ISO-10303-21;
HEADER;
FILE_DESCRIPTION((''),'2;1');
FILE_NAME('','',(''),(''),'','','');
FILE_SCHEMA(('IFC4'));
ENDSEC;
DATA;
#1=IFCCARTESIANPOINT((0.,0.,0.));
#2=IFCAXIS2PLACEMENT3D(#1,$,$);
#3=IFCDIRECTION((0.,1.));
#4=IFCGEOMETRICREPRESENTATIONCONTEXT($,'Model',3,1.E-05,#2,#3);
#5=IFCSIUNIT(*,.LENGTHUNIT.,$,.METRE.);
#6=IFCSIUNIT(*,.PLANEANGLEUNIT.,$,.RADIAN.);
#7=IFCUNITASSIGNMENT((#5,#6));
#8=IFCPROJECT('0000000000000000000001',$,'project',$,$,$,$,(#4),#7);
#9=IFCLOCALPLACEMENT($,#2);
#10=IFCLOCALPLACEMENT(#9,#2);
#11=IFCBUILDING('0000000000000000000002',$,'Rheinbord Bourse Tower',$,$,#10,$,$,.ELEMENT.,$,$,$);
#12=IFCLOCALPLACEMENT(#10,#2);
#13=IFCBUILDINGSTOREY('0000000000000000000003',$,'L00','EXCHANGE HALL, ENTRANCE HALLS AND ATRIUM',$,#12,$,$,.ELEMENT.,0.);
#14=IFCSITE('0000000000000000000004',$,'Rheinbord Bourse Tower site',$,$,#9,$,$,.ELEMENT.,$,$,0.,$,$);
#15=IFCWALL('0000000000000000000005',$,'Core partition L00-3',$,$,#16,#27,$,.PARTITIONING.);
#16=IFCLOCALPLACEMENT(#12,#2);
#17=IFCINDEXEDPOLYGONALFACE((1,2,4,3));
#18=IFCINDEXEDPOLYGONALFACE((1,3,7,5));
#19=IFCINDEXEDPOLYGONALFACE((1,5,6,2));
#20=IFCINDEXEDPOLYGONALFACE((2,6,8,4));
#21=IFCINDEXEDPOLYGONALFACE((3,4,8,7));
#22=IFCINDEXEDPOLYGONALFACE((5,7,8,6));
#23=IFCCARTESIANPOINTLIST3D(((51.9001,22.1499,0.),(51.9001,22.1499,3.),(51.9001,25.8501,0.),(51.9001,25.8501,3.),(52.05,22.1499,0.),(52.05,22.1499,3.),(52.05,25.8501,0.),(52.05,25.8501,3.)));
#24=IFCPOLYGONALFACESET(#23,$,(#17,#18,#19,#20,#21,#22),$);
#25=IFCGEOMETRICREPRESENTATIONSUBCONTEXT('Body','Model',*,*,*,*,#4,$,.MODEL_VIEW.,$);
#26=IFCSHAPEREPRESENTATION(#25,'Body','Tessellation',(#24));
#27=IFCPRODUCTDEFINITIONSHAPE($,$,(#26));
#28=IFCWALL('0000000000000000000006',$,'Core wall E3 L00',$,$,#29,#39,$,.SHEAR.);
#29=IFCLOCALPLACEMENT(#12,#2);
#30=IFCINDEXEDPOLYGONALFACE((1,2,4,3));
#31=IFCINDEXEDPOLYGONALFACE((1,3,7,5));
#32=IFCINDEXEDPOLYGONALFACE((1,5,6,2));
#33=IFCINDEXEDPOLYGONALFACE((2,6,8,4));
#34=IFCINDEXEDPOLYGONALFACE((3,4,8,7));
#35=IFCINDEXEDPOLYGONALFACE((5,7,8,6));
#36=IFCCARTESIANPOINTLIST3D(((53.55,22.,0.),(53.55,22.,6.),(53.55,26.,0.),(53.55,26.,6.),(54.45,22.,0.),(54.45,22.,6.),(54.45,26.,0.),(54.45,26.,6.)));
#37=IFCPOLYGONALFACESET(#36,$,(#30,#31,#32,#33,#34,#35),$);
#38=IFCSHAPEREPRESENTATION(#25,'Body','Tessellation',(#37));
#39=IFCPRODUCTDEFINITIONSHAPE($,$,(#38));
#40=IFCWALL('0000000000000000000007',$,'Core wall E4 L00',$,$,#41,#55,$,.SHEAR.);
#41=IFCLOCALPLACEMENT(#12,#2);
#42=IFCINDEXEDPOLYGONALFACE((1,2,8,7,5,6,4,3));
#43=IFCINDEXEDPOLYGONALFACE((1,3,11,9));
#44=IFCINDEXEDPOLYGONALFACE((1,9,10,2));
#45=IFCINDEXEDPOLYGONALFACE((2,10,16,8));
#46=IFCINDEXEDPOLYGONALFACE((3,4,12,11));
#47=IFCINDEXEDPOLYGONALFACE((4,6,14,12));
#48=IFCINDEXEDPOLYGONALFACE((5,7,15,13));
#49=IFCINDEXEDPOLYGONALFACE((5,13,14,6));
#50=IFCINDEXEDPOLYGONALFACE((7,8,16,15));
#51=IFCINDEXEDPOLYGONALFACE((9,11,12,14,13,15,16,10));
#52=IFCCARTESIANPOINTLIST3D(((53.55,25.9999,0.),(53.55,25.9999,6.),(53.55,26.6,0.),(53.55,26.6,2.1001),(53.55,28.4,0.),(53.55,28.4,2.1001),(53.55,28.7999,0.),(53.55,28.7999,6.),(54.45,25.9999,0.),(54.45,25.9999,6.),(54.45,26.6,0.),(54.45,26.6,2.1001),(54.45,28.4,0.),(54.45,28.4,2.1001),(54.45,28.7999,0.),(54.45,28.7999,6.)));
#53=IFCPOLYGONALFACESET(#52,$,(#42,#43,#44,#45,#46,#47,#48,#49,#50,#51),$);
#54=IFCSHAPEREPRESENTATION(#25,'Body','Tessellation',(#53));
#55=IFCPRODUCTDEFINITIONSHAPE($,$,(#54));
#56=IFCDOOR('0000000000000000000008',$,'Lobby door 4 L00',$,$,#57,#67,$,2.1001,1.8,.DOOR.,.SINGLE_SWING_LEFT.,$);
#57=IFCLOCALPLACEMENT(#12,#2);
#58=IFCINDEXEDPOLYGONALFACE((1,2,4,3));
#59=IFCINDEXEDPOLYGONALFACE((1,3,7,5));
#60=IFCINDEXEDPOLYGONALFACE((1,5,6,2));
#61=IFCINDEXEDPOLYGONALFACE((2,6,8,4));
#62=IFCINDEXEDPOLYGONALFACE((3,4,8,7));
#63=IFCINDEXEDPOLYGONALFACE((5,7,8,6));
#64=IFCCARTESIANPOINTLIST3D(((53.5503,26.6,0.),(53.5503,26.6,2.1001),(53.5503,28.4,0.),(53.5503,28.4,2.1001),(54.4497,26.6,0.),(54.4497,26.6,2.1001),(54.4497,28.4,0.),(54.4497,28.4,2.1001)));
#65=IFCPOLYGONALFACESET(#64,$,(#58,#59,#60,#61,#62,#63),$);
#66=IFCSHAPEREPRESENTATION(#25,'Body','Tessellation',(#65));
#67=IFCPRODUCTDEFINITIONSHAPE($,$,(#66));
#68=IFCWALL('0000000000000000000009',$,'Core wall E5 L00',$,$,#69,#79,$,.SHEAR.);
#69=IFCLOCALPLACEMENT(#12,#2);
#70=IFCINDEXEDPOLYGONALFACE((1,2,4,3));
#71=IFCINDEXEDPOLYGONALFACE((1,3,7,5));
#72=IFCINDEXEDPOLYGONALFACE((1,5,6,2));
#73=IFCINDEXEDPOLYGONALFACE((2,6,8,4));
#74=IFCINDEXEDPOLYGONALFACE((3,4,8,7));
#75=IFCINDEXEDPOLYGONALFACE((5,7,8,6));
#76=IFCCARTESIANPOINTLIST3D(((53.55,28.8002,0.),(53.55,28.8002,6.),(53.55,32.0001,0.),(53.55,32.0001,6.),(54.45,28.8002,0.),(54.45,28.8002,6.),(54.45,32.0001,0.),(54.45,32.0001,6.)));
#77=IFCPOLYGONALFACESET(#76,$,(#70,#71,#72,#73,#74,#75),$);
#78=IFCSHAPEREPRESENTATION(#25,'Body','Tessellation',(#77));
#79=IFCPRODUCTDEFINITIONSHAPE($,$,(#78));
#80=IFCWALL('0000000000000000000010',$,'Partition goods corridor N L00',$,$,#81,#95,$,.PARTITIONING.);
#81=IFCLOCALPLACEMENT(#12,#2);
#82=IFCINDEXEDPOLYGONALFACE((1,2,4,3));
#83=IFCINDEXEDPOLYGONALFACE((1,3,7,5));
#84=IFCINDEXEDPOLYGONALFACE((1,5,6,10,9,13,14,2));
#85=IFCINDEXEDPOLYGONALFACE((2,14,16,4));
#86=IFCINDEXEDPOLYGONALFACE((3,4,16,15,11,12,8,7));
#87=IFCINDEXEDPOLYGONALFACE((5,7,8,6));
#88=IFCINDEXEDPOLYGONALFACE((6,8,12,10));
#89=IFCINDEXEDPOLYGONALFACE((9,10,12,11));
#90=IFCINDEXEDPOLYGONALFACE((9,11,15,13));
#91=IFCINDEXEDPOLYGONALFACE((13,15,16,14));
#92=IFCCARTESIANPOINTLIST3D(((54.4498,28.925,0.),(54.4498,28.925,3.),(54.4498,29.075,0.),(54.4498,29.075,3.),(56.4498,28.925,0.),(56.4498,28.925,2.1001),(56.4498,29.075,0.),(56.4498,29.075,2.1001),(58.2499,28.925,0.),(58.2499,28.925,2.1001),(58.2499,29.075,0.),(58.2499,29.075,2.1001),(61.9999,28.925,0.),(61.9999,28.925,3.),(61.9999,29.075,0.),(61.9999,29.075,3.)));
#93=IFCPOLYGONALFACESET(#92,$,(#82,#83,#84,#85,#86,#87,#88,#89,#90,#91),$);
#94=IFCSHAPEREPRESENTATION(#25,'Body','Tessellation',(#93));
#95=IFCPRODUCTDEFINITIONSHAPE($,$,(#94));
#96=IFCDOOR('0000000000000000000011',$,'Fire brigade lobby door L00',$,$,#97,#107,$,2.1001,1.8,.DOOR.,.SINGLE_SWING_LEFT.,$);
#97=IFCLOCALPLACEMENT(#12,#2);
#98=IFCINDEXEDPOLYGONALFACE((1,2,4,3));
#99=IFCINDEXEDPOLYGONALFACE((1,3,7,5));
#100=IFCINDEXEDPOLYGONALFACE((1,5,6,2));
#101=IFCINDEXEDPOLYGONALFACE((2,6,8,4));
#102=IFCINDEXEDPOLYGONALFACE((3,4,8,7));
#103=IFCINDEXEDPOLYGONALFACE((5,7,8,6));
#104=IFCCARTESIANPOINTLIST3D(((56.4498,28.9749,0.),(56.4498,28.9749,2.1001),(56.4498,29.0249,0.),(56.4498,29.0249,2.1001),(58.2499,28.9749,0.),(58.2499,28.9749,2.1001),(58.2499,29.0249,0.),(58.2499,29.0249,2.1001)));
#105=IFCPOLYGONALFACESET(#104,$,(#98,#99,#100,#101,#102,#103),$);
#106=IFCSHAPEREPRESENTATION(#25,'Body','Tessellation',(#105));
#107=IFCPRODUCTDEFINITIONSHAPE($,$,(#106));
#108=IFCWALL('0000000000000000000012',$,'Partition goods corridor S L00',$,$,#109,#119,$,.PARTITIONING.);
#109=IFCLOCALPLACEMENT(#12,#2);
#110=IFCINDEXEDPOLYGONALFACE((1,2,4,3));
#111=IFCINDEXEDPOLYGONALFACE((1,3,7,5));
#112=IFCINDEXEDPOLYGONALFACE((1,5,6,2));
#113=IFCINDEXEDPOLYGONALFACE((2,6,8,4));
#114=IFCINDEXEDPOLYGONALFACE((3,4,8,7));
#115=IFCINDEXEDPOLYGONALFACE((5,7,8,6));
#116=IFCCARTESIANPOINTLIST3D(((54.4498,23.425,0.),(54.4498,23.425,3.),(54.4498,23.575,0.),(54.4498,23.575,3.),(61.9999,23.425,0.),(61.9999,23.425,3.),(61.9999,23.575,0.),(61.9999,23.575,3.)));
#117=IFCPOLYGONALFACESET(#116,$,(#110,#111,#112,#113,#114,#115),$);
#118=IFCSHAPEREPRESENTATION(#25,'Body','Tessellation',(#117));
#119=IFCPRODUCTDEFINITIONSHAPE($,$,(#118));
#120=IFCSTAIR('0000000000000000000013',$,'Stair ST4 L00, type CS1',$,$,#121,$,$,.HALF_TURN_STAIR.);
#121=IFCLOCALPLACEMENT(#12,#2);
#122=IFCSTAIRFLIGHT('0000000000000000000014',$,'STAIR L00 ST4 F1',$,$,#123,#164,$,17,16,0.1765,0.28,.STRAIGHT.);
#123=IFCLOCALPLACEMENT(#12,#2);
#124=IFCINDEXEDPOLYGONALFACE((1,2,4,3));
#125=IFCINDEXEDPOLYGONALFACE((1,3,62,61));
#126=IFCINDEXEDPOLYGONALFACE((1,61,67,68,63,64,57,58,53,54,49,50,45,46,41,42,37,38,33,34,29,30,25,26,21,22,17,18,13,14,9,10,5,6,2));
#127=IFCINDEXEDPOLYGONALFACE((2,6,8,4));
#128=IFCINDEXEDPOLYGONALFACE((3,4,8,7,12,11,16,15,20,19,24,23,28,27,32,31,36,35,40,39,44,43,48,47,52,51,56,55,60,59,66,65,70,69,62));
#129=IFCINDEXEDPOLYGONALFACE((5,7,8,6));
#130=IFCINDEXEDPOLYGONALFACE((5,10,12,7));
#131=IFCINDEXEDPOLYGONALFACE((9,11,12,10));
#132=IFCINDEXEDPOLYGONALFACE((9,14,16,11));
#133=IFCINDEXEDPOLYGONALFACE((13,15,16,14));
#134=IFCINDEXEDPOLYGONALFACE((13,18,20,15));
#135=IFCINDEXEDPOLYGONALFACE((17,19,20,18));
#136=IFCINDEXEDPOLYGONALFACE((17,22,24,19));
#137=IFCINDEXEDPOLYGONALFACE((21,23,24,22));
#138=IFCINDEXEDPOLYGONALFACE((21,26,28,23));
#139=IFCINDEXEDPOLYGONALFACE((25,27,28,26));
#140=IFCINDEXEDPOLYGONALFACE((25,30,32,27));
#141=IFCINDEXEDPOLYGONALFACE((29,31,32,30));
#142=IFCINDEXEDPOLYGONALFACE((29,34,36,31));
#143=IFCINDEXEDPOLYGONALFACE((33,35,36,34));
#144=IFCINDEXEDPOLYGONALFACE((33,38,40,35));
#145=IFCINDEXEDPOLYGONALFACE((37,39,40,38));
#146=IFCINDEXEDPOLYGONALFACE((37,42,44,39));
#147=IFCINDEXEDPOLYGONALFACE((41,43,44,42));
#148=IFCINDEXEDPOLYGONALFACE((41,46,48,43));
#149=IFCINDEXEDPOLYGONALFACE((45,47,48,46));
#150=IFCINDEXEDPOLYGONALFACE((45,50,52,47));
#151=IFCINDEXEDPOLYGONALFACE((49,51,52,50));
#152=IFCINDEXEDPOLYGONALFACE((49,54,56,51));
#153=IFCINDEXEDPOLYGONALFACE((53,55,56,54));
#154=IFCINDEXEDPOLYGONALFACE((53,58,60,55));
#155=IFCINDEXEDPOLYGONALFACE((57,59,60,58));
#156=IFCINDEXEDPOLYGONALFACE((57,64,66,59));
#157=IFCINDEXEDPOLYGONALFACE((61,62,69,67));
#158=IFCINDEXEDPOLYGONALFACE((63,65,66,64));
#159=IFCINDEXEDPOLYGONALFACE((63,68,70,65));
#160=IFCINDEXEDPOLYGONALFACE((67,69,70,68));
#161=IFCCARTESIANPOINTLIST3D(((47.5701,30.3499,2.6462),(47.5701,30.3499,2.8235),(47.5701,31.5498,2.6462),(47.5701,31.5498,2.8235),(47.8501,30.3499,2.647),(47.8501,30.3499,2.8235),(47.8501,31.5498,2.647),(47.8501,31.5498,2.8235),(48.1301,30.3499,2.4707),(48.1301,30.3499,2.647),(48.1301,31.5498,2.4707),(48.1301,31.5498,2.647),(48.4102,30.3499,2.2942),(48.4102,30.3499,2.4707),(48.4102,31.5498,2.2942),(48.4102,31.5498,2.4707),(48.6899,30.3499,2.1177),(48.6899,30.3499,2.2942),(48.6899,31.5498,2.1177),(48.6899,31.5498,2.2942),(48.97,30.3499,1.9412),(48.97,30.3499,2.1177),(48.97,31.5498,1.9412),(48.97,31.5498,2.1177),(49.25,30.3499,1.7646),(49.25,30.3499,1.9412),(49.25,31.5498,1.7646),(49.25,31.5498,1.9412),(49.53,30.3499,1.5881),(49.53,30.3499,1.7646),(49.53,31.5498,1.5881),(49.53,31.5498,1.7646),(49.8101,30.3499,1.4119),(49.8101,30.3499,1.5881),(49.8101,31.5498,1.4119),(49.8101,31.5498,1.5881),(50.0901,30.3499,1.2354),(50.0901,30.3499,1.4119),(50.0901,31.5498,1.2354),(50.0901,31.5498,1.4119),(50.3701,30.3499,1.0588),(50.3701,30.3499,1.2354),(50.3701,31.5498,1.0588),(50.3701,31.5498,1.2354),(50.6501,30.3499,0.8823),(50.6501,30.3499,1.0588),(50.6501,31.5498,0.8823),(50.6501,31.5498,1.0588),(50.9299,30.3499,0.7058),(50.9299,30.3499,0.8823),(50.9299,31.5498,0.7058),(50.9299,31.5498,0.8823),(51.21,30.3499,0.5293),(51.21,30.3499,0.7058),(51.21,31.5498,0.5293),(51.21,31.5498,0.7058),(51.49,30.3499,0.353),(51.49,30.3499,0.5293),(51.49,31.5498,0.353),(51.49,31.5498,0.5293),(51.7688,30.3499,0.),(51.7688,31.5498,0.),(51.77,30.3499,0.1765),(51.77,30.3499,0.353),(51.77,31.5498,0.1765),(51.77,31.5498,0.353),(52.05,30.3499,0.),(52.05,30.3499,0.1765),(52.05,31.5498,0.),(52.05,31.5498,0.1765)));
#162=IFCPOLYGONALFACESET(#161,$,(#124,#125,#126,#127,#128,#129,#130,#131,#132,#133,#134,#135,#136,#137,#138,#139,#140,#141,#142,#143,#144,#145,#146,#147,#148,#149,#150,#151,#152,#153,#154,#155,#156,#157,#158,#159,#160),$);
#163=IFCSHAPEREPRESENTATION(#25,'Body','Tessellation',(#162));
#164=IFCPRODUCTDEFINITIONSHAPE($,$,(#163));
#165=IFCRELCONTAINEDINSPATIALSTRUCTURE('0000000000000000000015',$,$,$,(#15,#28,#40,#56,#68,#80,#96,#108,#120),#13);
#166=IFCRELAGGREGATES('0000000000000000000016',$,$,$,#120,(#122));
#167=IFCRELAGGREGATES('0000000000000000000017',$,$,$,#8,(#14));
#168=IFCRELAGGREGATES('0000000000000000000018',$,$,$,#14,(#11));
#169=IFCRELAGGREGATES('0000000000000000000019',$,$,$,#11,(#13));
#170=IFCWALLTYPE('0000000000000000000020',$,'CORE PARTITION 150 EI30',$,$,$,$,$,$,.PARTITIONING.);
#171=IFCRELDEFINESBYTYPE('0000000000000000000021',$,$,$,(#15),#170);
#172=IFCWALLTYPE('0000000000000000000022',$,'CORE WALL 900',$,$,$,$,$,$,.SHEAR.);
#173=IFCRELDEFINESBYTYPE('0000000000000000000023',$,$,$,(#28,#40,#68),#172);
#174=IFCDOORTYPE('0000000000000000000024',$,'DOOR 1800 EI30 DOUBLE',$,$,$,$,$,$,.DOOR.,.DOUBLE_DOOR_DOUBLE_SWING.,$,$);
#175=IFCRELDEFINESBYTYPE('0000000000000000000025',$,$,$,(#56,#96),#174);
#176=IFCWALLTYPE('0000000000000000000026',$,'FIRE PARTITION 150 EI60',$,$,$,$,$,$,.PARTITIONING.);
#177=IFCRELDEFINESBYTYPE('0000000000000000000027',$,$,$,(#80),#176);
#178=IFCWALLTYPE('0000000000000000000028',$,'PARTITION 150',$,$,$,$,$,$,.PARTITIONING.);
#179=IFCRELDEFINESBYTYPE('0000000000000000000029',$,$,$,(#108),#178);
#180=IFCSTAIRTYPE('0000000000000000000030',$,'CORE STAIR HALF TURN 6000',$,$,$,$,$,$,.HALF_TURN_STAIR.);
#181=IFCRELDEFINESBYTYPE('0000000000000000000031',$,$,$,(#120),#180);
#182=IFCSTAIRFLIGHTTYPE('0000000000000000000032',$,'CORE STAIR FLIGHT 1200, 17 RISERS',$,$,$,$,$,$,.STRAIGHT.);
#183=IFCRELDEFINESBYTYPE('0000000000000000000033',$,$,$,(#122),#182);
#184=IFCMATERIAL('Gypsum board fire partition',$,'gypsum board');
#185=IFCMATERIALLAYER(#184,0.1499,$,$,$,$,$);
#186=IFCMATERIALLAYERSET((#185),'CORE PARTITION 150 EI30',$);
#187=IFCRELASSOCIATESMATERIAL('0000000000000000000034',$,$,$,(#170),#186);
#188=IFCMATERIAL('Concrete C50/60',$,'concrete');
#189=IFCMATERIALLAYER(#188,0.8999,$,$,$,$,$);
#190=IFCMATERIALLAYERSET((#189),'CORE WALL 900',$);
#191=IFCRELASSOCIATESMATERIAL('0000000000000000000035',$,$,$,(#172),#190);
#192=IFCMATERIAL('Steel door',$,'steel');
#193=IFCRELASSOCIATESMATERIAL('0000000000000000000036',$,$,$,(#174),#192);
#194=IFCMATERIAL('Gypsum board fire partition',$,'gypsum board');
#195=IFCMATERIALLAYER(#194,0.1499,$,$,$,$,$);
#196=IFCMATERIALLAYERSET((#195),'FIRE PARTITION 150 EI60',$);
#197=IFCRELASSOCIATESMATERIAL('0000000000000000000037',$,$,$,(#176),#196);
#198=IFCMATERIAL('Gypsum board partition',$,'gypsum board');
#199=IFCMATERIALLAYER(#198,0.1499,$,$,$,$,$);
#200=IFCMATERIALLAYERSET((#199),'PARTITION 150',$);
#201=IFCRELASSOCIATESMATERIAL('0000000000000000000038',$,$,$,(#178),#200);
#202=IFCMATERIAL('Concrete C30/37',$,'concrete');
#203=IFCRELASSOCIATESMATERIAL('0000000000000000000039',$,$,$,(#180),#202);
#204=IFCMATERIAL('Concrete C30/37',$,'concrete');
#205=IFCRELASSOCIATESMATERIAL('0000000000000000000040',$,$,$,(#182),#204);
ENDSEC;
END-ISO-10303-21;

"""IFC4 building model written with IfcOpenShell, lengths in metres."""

from ifc_helpers import new_model, si_unit, direction, frame, frame_2d, origin, place, context, subcontext, project, spatial, polyline, rectangle, outline, extrude, material, layer, layer_set, type_object, element, fill, aggregate, save


model = new_model("IFC4")

# Units and contexts
model_context = context("Model", 3, precision=1e-05, world=origin(), true_north=direction((0.0, 1.0)))
body_context = subcontext(model_context, "Body", "Model", "MODEL_VIEW")
ifc_project = project(units=[si_unit("LENGTHUNIT", "METRE"), si_unit("PLANEANGLEUNIT", "RADIAN")], contexts=[model_context])

# Site, building, storey
site_placement = place(None, origin())
site = spatial("IfcSite", under=ifc_project, at=site_placement, Name="Rheinbord Bourse Tower site", CompositionType="ELEMENT", RefElevation=0.0)
building_placement = place(site_placement, origin())
building = spatial("IfcBuilding", under=site, at=building_placement, Name="Rheinbord Bourse Tower", CompositionType="ELEMENT")
storey_placement = place(building_placement, origin())
storey = spatial("IfcBuildingStorey", under=building, at=storey_placement, Name="L00", Description="EXCHANGE HALL, ENTRANCE HALLS AND ATRIUM", CompositionType="ELEMENT", Elevation=0.0)

# Walls
ifc_material_1 = material(Name="Gypsum board fire partition", Category="gypsum board")
ifc_layer_1 = layer(ifc_material_1, 0.1499)
ifc_layer_set_1 = layer_set([ifc_layer_1], Name="CORE PARTITION 150 EI30")
wall_type_1 = type_object("IfcWallType", Name="CORE PARTITION 150 EI30", PredefinedType="PARTITIONING", material=ifc_layer_set_1)
wall_1_placement = place(storey_placement, frame((51.9751, 22.1499, 0.0), z_axis=(0.0, 0.0, 1.0), x_axis=(0.0, 1.0, 0.0)))
element("IfcWall", 1, at=wall_1_placement, inside=storey, type_object=wall_type_1, Name="Core partition L00-3", PredefinedType="PARTITIONING", context=body_context, shape_type="SweptSolid", body=[
    extrude(rectangle(XDim=3.7002, YDim=0.1499, at=frame_2d((1.8501, 0.0))), origin(), (0.0, 0.0, 1.0), 3.0),
])
ifc_material_2 = material(Name="Concrete C50/60", Category="concrete")
ifc_layer_2 = layer(ifc_material_2, 0.8999)
ifc_layer_set_2 = layer_set([ifc_layer_2], Name="CORE WALL 900")
wall_type_2 = type_object("IfcWallType", Name="CORE WALL 900", PredefinedType="SHEAR", material=ifc_layer_set_2)
wall_2_placement = place(storey_placement, frame((54.0, 22.0, 0.0), z_axis=(0.0, 0.0, 1.0), x_axis=(0.0, 1.0, 0.0)))
element("IfcWall", 2, at=wall_2_placement, inside=storey, type_object=wall_type_2, Name="Core wall E3 L00", PredefinedType="SHEAR", context=body_context, shape_type="SweptSolid", body=[
    extrude(rectangle(XDim=4.0, YDim=0.8999, at=frame_2d((2.0, 0.0))), origin(), (0.0, 0.0, 1.0), 6.0),
])

# Wall, opening, door
wall_3_placement = place(storey_placement, frame((54.0, 26.0, 0.0), z_axis=(0.0, 0.0, 1.0), x_axis=(0.0, 1.0, 0.0)))
wall_3 = element("IfcWall", 3, at=wall_3_placement, inside=storey, type_object=wall_type_2, Name="Core wall E4 L00", PredefinedType="SHEAR", context=body_context, shape_type="SweptSolid", body=[
    extrude(rectangle(XDim=2.8, YDim=0.8999, at=frame_2d((1.3999, 0.0))), origin(), (0.0, 0.0, 1.0), 6.0),
])
opening_1_placement = place(wall_3_placement, frame((0.6001, 0.0, 0.0)))
opening_1 = element("IfcOpeningElement", 4, at=opening_1_placement, cuts=wall_3, PredefinedType="OPENING", context=body_context, shape_type="SweptSolid", body=[
    extrude(rectangle(XDim=1.8, YDim=2.1001, at=frame_2d((0.8999, 1.05))), frame((0.0, 0.46, 0.0), z_axis=(0.0, -1.0, 0.0), x_axis=(1.0, 0.0, 0.0)), (0.0, 0.0, 1.0), 0.9199),
])
ifc_material_3 = material(Name="Steel door", Category="steel")
door_type_1 = type_object("IfcDoorType", Name="DOOR 1800 EI30 DOUBLE", OperationType="DOUBLE_DOOR_DOUBLE_SWING", PredefinedType="DOOR", material=ifc_material_3)
door_1_placement = place(opening_1_placement, origin())
door_1 = element("IfcDoor", 5, at=door_1_placement, inside=storey, type_object=door_type_1, Name="Lobby door 4 L00", OperationType="SINGLE_SWING_LEFT", OverallHeight=2.1001, OverallWidth=1.8, PredefinedType="DOOR", context=body_context, shape_type="SweptSolid", body=[
    extrude(rectangle(XDim=1.8, YDim=2.1001, at=frame_2d((0.8999, 1.05))), frame((0.0, 0.4497, 0.0), z_axis=(0.0, -1.0, 0.0), x_axis=(1.0, 0.0, 0.0)), (0.0, 0.0, 1.0), 0.8994),
])
fill(opening_1, door_1)

# Wall
wall_4_placement = place(storey_placement, frame((54.0, 28.8, 0.0), z_axis=(0.0, 0.0, 1.0), x_axis=(0.0, 1.0, 0.0)))
element("IfcWall", 6, at=wall_4_placement, inside=storey, type_object=wall_type_2, Name="Core wall E5 L00", PredefinedType="SHEAR", context=body_context, shape_type="SweptSolid", body=[
    extrude(rectangle(XDim=3.2, YDim=0.8999, at=frame_2d((1.6001, 0.0))), origin(), (0.0, 0.0, 1.0), 6.0),
])

# Wall, opening, door
ifc_material_4 = material(Name="Gypsum board fire partition", Category="gypsum board")
ifc_layer_3 = layer(ifc_material_4, 0.1499)
ifc_layer_set_3 = layer_set([ifc_layer_3], Name="FIRE PARTITION 150 EI60")
wall_type_3 = type_object("IfcWallType", Name="FIRE PARTITION 150 EI60", PredefinedType="PARTITIONING", material=ifc_layer_set_3)
wall_5_placement = place(storey_placement, frame((54.45, 29.0, 0.0), z_axis=(0.0, 0.0, 1.0), x_axis=(1.0, 0.0, 0.0)))
wall_5 = element("IfcWall", 7, at=wall_5_placement, inside=storey, type_object=wall_type_3, Name="Partition goods corridor N L00", PredefinedType="PARTITIONING", context=body_context, shape_type="SweptSolid", body=[
    extrude(rectangle(XDim=7.55, YDim=0.1499, at=frame_2d((3.7749, 0.0))), origin(), (0.0, 0.0, 1.0), 3.0),
])
opening_2_placement = place(wall_5_placement, frame((2.0, 0.0, 0.0)))
opening_2 = element("IfcOpeningElement", 8, at=opening_2_placement, cuts=wall_5, PredefinedType="OPENING", context=body_context, shape_type="SweptSolid", body=[
    extrude(rectangle(XDim=1.8, YDim=2.1001, at=frame_2d((0.8999, 1.05))), frame((0.0, 0.085, 0.0), z_axis=(0.0, -1.0, 0.0), x_axis=(1.0, 0.0, 0.0)), (0.0, 0.0, 1.0), 0.1699),
])
door_2_placement = place(opening_2_placement, origin())
door_2 = element("IfcDoor", 9, at=door_2_placement, inside=storey, type_object=door_type_1, Name="Fire brigade lobby door L00", OperationType="SINGLE_SWING_LEFT", OverallHeight=2.1001, OverallWidth=1.8, PredefinedType="DOOR", context=body_context, shape_type="SweptSolid", body=[
    extrude(rectangle(XDim=1.8, YDim=2.1001, at=frame_2d((0.8999, 1.05))), frame((0.0, 0.0249, 0.0), z_axis=(0.0, -1.0, 0.0), x_axis=(1.0, 0.0, 0.0)), (0.0, 0.0, 1.0), 0.05),
])
fill(opening_2, door_2)

# Wall
ifc_material_5 = material(Name="Gypsum board partition", Category="gypsum board")
ifc_layer_4 = layer(ifc_material_5, 0.1499)
ifc_layer_set_4 = layer_set([ifc_layer_4], Name="PARTITION 150")
wall_type_4 = type_object("IfcWallType", Name="PARTITION 150", PredefinedType="PARTITIONING", material=ifc_layer_set_4)
wall_6_placement = place(storey_placement, frame((54.45, 23.5, 0.0), z_axis=(0.0, 0.0, 1.0), x_axis=(1.0, 0.0, 0.0)))
element("IfcWall", 10, at=wall_6_placement, inside=storey, type_object=wall_type_4, Name="Partition goods corridor S L00", PredefinedType="PARTITIONING", context=body_context, shape_type="SweptSolid", body=[
    extrude(rectangle(XDim=7.55, YDim=0.1499, at=frame_2d((3.7749, 0.0))), origin(), (0.0, 0.0, 1.0), 3.0),
])

# Stair, stair flight
ifc_material_6 = material(Name="Concrete C30/37", Category="concrete")
stair_type = type_object("IfcStairType", Name="CORE STAIR HALF TURN 6000", PredefinedType="HALF_TURN_STAIR", material=ifc_material_6)
stair_placement = place(storey_placement, origin())
stair = element("IfcStair", 11, at=stair_placement, inside=storey, type_object=stair_type, Name="Stair ST4 L00, type CS1", PredefinedType="HALF_TURN_STAIR")
ifc_material_7 = material(Name="Concrete C30/37", Category="concrete")
stair_flight_type = type_object("IfcStairFlightType", Name="CORE STAIR FLIGHT 1200, 17 RISERS", PredefinedType="STRAIGHT", material=ifc_material_7)
stair_flight_1_placement = place(storey_placement, frame((52.05, 30.95, 0.0), z_axis=(0.0, 0.0, 1.0), x_axis=(-1.0, 0.0, 0.0)))
stair_flight_1 = element("IfcStairFlight", 12, at=stair_flight_1_placement, type_object=stair_flight_type, Name="STAIR L00 ST4 F1", NumberOfRisers=17, NumberOfTreads=16, PredefinedType="STRAIGHT", RiserHeight=0.1765, TreadLength=0.28, context=body_context, shape_type="SweptSolid", body=[
    extrude(outline(polyline([(0.0, 0.0), (0.0, 0.1765), (0.28, 0.1765), (0.28, 0.353), (0.5601, 0.353), (0.5601, 0.5293), (0.8401, 0.5293), (0.8401, 0.7058), (1.1201, 0.7058), (1.1201, 0.8823), (1.3999, 0.8823), (1.3999, 1.0588), (1.6799, 1.0588), (1.6799, 1.2354), (1.96, 1.2354), (1.96, 1.4119), (2.24, 1.4119), (2.24, 1.5881), (2.52, 1.5881), (2.52, 1.7646), (2.8, 1.7646), (2.8, 1.9412), (3.0801, 1.9412), (3.0801, 2.1177), (3.3601, 2.1177), (3.3601, 2.2942), (3.6399, 2.2942), (3.6399, 2.4707), (3.9199, 2.4707), (3.9199, 2.647), (4.2, 2.647), (4.2, 2.8235), (4.48, 2.8235), (4.48, 3.0), (4.48, 2.6462), (0.2812, 0.0), (0.0, 0.0)])), frame((0.0, 0.6001, 0.0), z_axis=(0.0, -1.0, 0.0), x_axis=(1.0, 0.0, 0.0)), (0.0, 0.0, 1.0), 1.2),
])
aggregate(stair, [stair_flight_1])

save(model, "model.ifc")
